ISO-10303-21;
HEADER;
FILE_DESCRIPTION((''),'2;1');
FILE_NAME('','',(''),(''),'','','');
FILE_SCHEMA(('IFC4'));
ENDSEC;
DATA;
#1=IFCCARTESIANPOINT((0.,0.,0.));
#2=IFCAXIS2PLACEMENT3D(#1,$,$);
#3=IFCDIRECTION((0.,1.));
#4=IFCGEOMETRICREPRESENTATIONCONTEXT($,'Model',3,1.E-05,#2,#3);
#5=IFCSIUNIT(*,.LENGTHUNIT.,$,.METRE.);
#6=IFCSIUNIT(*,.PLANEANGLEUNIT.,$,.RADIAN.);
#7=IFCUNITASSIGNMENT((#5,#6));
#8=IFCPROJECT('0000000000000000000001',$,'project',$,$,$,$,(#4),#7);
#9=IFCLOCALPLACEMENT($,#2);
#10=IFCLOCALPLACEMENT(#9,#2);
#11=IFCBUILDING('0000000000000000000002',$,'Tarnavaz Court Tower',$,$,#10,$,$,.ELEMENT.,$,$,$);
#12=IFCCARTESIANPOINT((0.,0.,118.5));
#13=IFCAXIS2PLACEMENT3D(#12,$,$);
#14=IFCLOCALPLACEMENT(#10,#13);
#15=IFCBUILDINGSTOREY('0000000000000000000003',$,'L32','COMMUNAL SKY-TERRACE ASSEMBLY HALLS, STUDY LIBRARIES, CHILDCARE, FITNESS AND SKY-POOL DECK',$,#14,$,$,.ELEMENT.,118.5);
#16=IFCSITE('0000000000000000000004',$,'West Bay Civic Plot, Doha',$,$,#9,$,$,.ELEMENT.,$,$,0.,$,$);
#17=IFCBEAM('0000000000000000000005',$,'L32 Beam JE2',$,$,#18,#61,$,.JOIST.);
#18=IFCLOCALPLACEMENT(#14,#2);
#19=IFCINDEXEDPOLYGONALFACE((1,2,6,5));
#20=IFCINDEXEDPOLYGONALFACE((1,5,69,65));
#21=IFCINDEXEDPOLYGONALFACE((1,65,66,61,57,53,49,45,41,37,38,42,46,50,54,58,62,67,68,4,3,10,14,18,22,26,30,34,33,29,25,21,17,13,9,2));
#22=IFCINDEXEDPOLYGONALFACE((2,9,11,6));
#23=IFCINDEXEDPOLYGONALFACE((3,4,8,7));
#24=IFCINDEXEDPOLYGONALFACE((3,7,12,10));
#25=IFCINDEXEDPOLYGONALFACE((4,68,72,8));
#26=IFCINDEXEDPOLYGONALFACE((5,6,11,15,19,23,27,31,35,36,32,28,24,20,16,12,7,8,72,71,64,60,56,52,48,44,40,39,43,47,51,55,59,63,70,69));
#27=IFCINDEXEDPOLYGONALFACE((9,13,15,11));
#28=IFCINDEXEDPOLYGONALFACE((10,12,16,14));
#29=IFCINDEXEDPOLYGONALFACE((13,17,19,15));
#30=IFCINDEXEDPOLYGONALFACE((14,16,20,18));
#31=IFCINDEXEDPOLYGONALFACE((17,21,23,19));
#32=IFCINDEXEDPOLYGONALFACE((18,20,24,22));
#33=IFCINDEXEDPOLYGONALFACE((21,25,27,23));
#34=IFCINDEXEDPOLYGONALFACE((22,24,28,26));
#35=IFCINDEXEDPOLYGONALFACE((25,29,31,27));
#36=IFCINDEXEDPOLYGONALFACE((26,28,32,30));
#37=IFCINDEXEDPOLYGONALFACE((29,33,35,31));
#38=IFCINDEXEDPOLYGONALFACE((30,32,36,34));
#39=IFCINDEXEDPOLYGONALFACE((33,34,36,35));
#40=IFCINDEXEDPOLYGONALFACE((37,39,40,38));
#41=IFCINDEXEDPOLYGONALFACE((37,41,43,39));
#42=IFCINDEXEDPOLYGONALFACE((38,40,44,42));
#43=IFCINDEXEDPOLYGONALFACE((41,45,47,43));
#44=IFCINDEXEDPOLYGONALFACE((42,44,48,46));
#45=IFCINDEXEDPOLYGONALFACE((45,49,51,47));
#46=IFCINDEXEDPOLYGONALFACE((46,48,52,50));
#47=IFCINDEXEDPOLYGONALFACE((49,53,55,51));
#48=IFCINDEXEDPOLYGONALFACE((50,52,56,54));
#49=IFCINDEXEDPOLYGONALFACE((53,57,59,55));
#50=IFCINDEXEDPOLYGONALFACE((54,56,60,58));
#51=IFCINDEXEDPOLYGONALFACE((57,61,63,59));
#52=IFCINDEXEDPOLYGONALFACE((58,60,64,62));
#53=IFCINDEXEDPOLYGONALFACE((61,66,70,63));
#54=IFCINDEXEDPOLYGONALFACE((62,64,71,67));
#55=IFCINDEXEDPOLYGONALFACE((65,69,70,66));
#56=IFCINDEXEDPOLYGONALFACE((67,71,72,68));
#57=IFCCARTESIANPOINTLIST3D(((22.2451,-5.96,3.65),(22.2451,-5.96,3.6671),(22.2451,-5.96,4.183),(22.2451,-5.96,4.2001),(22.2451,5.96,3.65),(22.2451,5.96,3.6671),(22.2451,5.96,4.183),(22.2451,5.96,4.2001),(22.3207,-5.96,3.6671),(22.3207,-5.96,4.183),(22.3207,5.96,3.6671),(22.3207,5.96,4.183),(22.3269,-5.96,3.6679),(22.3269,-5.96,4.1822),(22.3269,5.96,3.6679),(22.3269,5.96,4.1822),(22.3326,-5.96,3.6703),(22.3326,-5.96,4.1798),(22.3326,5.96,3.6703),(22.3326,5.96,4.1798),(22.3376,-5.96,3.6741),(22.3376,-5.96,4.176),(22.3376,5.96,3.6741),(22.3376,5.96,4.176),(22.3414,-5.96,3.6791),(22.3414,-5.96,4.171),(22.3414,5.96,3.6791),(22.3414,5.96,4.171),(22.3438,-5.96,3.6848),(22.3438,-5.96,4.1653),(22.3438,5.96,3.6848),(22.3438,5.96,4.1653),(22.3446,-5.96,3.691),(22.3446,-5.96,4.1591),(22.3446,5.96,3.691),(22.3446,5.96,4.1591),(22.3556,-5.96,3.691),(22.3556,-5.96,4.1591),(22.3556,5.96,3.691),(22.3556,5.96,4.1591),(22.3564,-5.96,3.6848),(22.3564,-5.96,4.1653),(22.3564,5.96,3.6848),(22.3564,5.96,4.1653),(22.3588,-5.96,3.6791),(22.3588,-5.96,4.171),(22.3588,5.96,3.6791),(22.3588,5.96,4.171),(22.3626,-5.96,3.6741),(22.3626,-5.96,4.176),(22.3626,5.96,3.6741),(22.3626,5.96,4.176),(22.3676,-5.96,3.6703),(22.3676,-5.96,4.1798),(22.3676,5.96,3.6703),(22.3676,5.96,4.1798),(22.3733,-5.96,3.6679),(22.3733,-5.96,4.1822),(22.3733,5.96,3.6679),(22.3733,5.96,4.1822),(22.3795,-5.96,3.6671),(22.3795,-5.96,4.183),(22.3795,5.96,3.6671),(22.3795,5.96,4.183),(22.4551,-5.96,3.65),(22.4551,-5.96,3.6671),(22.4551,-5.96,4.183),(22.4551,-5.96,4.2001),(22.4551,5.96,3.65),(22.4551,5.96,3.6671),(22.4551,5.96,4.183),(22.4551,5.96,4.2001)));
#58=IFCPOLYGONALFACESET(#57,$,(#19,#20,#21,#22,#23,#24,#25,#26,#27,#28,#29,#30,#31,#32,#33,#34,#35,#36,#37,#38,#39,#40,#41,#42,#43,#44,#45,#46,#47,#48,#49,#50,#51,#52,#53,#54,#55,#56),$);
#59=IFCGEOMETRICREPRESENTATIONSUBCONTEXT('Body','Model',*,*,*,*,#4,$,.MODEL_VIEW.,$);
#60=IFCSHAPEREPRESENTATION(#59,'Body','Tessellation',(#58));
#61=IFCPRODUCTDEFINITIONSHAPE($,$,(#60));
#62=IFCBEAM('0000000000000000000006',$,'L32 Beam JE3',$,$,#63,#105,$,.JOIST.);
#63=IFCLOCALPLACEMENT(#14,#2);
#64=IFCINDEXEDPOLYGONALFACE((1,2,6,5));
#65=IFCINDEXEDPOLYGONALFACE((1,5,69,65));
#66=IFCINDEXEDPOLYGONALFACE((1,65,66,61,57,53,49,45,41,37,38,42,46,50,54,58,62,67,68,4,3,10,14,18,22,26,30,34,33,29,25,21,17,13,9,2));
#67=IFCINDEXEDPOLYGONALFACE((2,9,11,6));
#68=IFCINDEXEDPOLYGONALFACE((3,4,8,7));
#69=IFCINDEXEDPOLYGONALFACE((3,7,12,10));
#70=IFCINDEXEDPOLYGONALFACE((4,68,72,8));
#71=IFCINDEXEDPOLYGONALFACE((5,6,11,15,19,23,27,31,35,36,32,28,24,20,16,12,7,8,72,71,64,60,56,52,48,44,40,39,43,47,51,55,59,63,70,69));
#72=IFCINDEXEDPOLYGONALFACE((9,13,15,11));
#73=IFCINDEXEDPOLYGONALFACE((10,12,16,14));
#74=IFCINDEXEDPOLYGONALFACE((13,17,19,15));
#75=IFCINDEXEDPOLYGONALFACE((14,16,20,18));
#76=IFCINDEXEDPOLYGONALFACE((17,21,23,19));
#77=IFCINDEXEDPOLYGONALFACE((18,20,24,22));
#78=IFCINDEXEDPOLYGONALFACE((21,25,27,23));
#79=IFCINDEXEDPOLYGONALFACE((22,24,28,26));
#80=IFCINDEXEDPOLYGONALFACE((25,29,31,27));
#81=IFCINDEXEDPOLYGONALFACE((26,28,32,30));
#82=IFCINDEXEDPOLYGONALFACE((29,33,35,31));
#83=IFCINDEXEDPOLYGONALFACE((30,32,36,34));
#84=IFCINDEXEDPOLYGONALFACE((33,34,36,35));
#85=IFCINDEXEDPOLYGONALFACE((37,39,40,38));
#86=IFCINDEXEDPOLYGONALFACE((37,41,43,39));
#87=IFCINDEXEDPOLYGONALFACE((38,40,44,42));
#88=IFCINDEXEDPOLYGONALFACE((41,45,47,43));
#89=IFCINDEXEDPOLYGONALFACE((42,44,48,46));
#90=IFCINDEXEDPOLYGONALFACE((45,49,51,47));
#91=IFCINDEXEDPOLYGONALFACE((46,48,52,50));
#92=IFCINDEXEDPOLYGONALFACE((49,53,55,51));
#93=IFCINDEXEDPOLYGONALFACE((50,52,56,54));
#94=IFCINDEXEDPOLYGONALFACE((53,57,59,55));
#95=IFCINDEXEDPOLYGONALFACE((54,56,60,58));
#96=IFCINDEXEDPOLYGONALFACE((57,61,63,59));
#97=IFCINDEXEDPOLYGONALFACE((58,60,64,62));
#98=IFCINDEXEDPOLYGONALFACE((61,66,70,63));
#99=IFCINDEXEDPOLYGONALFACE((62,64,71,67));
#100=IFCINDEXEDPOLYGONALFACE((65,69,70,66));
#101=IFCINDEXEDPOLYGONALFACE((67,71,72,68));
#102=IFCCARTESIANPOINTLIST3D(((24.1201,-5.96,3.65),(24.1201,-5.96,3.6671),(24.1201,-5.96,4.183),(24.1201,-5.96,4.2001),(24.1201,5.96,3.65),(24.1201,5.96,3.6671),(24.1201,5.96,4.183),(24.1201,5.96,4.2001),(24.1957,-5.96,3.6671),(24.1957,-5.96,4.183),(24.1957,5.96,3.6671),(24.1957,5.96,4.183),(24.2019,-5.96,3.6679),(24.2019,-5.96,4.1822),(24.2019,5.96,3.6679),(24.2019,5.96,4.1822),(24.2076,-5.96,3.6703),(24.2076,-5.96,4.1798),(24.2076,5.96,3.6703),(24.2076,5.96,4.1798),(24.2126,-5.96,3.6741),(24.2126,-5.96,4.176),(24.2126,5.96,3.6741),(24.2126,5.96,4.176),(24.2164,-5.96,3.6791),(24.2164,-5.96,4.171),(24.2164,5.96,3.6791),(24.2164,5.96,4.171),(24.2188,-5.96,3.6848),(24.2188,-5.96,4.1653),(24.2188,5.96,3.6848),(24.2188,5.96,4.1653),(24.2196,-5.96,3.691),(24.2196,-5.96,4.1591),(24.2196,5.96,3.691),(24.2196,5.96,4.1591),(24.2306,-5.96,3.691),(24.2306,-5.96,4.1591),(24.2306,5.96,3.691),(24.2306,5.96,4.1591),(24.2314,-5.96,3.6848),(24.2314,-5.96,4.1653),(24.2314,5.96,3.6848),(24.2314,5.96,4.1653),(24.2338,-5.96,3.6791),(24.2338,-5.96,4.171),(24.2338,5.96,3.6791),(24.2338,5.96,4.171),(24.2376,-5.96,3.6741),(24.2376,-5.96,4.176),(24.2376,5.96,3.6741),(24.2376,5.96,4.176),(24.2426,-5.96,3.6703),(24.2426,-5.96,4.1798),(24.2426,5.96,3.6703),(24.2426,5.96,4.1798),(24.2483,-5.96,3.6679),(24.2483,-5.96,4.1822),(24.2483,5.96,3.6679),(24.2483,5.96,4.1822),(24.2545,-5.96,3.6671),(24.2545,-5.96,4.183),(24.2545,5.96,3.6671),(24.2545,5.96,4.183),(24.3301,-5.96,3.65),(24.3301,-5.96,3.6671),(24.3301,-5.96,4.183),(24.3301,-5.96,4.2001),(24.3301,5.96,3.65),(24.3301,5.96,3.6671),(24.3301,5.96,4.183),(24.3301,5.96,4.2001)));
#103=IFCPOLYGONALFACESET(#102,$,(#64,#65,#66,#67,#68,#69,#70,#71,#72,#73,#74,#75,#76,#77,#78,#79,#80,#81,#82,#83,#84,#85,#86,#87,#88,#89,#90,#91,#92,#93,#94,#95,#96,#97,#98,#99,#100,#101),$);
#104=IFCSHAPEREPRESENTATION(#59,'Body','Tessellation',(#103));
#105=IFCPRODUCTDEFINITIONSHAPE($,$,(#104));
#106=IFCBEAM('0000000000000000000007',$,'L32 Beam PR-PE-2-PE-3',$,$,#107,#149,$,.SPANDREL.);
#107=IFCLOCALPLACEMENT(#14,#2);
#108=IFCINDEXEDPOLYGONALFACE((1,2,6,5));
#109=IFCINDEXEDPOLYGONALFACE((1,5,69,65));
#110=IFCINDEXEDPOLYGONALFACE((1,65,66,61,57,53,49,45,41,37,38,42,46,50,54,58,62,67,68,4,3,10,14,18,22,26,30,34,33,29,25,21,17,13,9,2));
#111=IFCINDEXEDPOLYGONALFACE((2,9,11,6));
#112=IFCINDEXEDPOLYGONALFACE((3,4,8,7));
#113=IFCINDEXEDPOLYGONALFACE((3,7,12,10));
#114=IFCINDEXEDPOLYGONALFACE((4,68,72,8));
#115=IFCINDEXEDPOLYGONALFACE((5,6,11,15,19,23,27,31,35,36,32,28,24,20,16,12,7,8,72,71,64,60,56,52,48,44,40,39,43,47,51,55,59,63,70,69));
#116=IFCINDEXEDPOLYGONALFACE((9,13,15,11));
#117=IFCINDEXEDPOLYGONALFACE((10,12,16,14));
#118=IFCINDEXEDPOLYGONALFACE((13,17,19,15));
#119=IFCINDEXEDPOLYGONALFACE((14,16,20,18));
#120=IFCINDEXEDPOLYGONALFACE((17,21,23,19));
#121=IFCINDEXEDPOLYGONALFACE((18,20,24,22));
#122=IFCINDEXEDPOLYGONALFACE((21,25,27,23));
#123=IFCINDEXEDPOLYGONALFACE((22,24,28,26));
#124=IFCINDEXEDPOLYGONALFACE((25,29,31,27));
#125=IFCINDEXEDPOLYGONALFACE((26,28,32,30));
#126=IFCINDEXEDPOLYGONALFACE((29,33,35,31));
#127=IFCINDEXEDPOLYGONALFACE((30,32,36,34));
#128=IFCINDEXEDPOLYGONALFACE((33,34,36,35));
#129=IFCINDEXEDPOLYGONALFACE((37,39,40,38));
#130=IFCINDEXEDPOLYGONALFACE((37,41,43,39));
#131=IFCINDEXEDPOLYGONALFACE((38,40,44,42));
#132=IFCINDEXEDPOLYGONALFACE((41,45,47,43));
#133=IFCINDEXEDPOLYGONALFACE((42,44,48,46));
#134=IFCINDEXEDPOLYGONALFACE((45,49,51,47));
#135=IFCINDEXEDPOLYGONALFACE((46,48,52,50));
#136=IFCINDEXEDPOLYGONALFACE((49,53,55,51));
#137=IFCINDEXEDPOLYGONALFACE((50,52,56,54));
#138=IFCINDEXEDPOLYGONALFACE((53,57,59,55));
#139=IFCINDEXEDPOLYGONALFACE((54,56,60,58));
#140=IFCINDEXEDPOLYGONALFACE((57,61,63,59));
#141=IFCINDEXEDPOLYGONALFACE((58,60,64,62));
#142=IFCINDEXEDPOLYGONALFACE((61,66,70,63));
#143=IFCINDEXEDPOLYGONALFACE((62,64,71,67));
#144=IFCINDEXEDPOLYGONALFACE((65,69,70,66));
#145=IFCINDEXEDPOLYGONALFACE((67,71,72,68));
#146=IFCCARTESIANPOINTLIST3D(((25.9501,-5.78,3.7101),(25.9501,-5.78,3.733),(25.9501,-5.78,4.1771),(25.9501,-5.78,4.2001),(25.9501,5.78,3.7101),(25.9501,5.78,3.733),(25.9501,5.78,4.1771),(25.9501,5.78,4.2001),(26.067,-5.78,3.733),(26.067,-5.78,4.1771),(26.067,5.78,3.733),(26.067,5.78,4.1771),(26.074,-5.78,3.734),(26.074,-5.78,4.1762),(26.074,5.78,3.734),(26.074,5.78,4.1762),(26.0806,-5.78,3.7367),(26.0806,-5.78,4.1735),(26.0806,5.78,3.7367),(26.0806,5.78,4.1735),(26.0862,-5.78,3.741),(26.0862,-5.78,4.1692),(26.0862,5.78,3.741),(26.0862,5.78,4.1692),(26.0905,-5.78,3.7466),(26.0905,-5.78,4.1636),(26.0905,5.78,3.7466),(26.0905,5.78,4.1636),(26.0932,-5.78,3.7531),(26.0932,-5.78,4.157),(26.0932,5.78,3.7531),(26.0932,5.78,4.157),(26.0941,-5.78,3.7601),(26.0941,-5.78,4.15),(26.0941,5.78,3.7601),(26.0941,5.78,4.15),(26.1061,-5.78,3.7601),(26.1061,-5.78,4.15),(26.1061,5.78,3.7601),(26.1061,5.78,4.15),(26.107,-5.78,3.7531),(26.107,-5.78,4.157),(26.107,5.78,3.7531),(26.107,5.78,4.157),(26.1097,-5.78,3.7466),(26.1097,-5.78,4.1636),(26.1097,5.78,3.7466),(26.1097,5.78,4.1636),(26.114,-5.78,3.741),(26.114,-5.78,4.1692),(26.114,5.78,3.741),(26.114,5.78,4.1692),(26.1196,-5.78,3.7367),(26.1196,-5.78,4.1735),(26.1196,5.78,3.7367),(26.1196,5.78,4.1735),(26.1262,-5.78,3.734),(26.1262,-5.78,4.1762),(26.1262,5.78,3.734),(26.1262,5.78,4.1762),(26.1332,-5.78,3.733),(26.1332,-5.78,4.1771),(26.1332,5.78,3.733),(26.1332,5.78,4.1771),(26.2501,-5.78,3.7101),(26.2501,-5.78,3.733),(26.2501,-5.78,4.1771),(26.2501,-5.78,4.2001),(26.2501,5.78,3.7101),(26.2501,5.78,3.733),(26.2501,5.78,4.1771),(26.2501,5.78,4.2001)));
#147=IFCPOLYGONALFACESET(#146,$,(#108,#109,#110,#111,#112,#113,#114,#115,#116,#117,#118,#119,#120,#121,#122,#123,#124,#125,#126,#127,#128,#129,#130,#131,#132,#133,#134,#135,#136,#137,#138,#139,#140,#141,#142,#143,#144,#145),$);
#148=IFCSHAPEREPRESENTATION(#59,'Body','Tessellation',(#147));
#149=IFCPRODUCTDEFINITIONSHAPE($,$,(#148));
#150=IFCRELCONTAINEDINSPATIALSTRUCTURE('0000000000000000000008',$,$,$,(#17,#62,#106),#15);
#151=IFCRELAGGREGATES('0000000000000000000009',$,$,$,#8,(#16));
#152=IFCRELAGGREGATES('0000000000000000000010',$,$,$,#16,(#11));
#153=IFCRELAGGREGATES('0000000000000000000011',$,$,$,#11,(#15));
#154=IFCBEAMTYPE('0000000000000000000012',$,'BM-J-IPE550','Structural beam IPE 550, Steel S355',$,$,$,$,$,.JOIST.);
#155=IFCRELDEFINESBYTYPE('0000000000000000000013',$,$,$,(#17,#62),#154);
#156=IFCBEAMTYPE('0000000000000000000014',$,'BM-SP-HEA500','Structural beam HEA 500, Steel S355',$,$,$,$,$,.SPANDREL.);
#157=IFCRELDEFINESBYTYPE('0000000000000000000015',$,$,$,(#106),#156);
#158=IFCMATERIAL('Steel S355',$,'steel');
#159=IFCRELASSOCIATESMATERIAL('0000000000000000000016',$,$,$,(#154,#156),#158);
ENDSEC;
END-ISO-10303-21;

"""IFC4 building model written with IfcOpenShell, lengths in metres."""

from ifc_helpers import new_model, si_unit, direction, frame, origin, origin_2d, place, context, subcontext, project, spatial, i_section, extrude, material, material_profile, profile_set, type_object, element, save


model = new_model("IFC4")

# Units and contexts
model_context = context("Model", 3, precision=1e-05, world=origin(), true_north=direction((0.0, 1.0)))
body_context = subcontext(model_context, "Body", "Model", "MODEL_VIEW")
ifc_project = project(units=[si_unit("LENGTHUNIT", "METRE"), si_unit("PLANEANGLEUNIT", "RADIAN")], contexts=[model_context])

# Site, building, storey
site_placement = place(None, origin())
site = spatial("IfcSite", under=ifc_project, at=site_placement, Name="West Bay Civic Plot, Doha", CompositionType="ELEMENT", RefElevation=0.0)
building_placement = place(site_placement, origin())
building = spatial("IfcBuilding", under=site, at=building_placement, Name="Tarnavaz Court Tower", CompositionType="ELEMENT")
storey_placement = place(building_placement, frame((0.0, 0.0, 118.5)))
storey = spatial("IfcBuildingStorey", under=building, at=storey_placement, Name="L32", Description="COMMUNAL SKY-TERRACE ASSEMBLY HALLS, STUDY LIBRARIES, CHILDCARE, FITNESS AND SKY-POOL DECK", CompositionType="ELEMENT", Elevation=118.5)

# Beams
ifc_material_1 = material(Name="Steel S355", Category="steel")
ifc_material_profile_1 = material_profile(ifc_material_1, i_section(OverallWidth=0.21, OverallDepth=0.55, WebThickness=0.011, FlangeThickness=0.0171, FilletRadius=0.0239, at=origin_2d()), Name="IPE 550")
ifc_profile_set_1 = profile_set([ifc_material_profile_1], Name="Steel S355")
beam_type_1 = type_object("IfcBeamType", Name="BM-J-IPE550", Description="Structural beam IPE 550, Steel S355", PredefinedType="JOIST", material=ifc_profile_set_1)
for number, where, z_axis, x_axis, name in (
    (1, (22.3501, -5.96, 3.925), (0.0, 1.0, 0.0), (-1.0, 0.0, 0.0), "L32 Beam JE2"),
    (2, (24.2251, -5.96, 3.925), (0.0, 1.0, 0.0), (-1.0, 0.0, 0.0), "L32 Beam JE3"),
):
    element("IfcBeam", number, at=place(storey_placement, frame(where, z_axis=z_axis, x_axis=x_axis)), inside=storey, type_object=beam_type_1, Name=name, PredefinedType="JOIST", context=body_context, shape_type="SweptSolid", body=[
        extrude(i_section(OverallWidth=0.21, OverallDepth=0.55, WebThickness=0.011, FlangeThickness=0.0171, FilletRadius=0.0239, at=origin_2d()), origin(), (0.0, 0.0, 1.0), 11.9199),
    ])
ifc_material_profile_2 = material_profile(ifc_material_1, i_section(OverallWidth=0.3, OverallDepth=0.49, WebThickness=0.012, FlangeThickness=0.0229, FilletRadius=0.0271, at=origin_2d()), Name="HEA 500")
ifc_profile_set_2 = profile_set([ifc_material_profile_2], Name="Steel S355")
beam_type_2 = type_object("IfcBeamType", Name="BM-SP-HEA500", Description="Structural beam HEA 500, Steel S355", PredefinedType="SPANDREL", material=ifc_profile_set_2)
beam_1_placement = place(storey_placement, frame((26.1001, -5.78, 3.9551), z_axis=(0.0, 1.0, 0.0), x_axis=(-1.0, 0.0, 0.0)))
element("IfcBeam", 3, at=beam_1_placement, inside=storey, type_object=beam_type_2, Name="L32 Beam PR-PE-2-PE-3", PredefinedType="SPANDREL", context=body_context, shape_type="SweptSolid", body=[
    extrude(i_section(OverallWidth=0.3, OverallDepth=0.49, WebThickness=0.012, FlangeThickness=0.0229, FilletRadius=0.0271, at=origin_2d()), origin(), (0.0, 0.0, 1.0), 11.5601),
])

save(model, "model.ifc")
